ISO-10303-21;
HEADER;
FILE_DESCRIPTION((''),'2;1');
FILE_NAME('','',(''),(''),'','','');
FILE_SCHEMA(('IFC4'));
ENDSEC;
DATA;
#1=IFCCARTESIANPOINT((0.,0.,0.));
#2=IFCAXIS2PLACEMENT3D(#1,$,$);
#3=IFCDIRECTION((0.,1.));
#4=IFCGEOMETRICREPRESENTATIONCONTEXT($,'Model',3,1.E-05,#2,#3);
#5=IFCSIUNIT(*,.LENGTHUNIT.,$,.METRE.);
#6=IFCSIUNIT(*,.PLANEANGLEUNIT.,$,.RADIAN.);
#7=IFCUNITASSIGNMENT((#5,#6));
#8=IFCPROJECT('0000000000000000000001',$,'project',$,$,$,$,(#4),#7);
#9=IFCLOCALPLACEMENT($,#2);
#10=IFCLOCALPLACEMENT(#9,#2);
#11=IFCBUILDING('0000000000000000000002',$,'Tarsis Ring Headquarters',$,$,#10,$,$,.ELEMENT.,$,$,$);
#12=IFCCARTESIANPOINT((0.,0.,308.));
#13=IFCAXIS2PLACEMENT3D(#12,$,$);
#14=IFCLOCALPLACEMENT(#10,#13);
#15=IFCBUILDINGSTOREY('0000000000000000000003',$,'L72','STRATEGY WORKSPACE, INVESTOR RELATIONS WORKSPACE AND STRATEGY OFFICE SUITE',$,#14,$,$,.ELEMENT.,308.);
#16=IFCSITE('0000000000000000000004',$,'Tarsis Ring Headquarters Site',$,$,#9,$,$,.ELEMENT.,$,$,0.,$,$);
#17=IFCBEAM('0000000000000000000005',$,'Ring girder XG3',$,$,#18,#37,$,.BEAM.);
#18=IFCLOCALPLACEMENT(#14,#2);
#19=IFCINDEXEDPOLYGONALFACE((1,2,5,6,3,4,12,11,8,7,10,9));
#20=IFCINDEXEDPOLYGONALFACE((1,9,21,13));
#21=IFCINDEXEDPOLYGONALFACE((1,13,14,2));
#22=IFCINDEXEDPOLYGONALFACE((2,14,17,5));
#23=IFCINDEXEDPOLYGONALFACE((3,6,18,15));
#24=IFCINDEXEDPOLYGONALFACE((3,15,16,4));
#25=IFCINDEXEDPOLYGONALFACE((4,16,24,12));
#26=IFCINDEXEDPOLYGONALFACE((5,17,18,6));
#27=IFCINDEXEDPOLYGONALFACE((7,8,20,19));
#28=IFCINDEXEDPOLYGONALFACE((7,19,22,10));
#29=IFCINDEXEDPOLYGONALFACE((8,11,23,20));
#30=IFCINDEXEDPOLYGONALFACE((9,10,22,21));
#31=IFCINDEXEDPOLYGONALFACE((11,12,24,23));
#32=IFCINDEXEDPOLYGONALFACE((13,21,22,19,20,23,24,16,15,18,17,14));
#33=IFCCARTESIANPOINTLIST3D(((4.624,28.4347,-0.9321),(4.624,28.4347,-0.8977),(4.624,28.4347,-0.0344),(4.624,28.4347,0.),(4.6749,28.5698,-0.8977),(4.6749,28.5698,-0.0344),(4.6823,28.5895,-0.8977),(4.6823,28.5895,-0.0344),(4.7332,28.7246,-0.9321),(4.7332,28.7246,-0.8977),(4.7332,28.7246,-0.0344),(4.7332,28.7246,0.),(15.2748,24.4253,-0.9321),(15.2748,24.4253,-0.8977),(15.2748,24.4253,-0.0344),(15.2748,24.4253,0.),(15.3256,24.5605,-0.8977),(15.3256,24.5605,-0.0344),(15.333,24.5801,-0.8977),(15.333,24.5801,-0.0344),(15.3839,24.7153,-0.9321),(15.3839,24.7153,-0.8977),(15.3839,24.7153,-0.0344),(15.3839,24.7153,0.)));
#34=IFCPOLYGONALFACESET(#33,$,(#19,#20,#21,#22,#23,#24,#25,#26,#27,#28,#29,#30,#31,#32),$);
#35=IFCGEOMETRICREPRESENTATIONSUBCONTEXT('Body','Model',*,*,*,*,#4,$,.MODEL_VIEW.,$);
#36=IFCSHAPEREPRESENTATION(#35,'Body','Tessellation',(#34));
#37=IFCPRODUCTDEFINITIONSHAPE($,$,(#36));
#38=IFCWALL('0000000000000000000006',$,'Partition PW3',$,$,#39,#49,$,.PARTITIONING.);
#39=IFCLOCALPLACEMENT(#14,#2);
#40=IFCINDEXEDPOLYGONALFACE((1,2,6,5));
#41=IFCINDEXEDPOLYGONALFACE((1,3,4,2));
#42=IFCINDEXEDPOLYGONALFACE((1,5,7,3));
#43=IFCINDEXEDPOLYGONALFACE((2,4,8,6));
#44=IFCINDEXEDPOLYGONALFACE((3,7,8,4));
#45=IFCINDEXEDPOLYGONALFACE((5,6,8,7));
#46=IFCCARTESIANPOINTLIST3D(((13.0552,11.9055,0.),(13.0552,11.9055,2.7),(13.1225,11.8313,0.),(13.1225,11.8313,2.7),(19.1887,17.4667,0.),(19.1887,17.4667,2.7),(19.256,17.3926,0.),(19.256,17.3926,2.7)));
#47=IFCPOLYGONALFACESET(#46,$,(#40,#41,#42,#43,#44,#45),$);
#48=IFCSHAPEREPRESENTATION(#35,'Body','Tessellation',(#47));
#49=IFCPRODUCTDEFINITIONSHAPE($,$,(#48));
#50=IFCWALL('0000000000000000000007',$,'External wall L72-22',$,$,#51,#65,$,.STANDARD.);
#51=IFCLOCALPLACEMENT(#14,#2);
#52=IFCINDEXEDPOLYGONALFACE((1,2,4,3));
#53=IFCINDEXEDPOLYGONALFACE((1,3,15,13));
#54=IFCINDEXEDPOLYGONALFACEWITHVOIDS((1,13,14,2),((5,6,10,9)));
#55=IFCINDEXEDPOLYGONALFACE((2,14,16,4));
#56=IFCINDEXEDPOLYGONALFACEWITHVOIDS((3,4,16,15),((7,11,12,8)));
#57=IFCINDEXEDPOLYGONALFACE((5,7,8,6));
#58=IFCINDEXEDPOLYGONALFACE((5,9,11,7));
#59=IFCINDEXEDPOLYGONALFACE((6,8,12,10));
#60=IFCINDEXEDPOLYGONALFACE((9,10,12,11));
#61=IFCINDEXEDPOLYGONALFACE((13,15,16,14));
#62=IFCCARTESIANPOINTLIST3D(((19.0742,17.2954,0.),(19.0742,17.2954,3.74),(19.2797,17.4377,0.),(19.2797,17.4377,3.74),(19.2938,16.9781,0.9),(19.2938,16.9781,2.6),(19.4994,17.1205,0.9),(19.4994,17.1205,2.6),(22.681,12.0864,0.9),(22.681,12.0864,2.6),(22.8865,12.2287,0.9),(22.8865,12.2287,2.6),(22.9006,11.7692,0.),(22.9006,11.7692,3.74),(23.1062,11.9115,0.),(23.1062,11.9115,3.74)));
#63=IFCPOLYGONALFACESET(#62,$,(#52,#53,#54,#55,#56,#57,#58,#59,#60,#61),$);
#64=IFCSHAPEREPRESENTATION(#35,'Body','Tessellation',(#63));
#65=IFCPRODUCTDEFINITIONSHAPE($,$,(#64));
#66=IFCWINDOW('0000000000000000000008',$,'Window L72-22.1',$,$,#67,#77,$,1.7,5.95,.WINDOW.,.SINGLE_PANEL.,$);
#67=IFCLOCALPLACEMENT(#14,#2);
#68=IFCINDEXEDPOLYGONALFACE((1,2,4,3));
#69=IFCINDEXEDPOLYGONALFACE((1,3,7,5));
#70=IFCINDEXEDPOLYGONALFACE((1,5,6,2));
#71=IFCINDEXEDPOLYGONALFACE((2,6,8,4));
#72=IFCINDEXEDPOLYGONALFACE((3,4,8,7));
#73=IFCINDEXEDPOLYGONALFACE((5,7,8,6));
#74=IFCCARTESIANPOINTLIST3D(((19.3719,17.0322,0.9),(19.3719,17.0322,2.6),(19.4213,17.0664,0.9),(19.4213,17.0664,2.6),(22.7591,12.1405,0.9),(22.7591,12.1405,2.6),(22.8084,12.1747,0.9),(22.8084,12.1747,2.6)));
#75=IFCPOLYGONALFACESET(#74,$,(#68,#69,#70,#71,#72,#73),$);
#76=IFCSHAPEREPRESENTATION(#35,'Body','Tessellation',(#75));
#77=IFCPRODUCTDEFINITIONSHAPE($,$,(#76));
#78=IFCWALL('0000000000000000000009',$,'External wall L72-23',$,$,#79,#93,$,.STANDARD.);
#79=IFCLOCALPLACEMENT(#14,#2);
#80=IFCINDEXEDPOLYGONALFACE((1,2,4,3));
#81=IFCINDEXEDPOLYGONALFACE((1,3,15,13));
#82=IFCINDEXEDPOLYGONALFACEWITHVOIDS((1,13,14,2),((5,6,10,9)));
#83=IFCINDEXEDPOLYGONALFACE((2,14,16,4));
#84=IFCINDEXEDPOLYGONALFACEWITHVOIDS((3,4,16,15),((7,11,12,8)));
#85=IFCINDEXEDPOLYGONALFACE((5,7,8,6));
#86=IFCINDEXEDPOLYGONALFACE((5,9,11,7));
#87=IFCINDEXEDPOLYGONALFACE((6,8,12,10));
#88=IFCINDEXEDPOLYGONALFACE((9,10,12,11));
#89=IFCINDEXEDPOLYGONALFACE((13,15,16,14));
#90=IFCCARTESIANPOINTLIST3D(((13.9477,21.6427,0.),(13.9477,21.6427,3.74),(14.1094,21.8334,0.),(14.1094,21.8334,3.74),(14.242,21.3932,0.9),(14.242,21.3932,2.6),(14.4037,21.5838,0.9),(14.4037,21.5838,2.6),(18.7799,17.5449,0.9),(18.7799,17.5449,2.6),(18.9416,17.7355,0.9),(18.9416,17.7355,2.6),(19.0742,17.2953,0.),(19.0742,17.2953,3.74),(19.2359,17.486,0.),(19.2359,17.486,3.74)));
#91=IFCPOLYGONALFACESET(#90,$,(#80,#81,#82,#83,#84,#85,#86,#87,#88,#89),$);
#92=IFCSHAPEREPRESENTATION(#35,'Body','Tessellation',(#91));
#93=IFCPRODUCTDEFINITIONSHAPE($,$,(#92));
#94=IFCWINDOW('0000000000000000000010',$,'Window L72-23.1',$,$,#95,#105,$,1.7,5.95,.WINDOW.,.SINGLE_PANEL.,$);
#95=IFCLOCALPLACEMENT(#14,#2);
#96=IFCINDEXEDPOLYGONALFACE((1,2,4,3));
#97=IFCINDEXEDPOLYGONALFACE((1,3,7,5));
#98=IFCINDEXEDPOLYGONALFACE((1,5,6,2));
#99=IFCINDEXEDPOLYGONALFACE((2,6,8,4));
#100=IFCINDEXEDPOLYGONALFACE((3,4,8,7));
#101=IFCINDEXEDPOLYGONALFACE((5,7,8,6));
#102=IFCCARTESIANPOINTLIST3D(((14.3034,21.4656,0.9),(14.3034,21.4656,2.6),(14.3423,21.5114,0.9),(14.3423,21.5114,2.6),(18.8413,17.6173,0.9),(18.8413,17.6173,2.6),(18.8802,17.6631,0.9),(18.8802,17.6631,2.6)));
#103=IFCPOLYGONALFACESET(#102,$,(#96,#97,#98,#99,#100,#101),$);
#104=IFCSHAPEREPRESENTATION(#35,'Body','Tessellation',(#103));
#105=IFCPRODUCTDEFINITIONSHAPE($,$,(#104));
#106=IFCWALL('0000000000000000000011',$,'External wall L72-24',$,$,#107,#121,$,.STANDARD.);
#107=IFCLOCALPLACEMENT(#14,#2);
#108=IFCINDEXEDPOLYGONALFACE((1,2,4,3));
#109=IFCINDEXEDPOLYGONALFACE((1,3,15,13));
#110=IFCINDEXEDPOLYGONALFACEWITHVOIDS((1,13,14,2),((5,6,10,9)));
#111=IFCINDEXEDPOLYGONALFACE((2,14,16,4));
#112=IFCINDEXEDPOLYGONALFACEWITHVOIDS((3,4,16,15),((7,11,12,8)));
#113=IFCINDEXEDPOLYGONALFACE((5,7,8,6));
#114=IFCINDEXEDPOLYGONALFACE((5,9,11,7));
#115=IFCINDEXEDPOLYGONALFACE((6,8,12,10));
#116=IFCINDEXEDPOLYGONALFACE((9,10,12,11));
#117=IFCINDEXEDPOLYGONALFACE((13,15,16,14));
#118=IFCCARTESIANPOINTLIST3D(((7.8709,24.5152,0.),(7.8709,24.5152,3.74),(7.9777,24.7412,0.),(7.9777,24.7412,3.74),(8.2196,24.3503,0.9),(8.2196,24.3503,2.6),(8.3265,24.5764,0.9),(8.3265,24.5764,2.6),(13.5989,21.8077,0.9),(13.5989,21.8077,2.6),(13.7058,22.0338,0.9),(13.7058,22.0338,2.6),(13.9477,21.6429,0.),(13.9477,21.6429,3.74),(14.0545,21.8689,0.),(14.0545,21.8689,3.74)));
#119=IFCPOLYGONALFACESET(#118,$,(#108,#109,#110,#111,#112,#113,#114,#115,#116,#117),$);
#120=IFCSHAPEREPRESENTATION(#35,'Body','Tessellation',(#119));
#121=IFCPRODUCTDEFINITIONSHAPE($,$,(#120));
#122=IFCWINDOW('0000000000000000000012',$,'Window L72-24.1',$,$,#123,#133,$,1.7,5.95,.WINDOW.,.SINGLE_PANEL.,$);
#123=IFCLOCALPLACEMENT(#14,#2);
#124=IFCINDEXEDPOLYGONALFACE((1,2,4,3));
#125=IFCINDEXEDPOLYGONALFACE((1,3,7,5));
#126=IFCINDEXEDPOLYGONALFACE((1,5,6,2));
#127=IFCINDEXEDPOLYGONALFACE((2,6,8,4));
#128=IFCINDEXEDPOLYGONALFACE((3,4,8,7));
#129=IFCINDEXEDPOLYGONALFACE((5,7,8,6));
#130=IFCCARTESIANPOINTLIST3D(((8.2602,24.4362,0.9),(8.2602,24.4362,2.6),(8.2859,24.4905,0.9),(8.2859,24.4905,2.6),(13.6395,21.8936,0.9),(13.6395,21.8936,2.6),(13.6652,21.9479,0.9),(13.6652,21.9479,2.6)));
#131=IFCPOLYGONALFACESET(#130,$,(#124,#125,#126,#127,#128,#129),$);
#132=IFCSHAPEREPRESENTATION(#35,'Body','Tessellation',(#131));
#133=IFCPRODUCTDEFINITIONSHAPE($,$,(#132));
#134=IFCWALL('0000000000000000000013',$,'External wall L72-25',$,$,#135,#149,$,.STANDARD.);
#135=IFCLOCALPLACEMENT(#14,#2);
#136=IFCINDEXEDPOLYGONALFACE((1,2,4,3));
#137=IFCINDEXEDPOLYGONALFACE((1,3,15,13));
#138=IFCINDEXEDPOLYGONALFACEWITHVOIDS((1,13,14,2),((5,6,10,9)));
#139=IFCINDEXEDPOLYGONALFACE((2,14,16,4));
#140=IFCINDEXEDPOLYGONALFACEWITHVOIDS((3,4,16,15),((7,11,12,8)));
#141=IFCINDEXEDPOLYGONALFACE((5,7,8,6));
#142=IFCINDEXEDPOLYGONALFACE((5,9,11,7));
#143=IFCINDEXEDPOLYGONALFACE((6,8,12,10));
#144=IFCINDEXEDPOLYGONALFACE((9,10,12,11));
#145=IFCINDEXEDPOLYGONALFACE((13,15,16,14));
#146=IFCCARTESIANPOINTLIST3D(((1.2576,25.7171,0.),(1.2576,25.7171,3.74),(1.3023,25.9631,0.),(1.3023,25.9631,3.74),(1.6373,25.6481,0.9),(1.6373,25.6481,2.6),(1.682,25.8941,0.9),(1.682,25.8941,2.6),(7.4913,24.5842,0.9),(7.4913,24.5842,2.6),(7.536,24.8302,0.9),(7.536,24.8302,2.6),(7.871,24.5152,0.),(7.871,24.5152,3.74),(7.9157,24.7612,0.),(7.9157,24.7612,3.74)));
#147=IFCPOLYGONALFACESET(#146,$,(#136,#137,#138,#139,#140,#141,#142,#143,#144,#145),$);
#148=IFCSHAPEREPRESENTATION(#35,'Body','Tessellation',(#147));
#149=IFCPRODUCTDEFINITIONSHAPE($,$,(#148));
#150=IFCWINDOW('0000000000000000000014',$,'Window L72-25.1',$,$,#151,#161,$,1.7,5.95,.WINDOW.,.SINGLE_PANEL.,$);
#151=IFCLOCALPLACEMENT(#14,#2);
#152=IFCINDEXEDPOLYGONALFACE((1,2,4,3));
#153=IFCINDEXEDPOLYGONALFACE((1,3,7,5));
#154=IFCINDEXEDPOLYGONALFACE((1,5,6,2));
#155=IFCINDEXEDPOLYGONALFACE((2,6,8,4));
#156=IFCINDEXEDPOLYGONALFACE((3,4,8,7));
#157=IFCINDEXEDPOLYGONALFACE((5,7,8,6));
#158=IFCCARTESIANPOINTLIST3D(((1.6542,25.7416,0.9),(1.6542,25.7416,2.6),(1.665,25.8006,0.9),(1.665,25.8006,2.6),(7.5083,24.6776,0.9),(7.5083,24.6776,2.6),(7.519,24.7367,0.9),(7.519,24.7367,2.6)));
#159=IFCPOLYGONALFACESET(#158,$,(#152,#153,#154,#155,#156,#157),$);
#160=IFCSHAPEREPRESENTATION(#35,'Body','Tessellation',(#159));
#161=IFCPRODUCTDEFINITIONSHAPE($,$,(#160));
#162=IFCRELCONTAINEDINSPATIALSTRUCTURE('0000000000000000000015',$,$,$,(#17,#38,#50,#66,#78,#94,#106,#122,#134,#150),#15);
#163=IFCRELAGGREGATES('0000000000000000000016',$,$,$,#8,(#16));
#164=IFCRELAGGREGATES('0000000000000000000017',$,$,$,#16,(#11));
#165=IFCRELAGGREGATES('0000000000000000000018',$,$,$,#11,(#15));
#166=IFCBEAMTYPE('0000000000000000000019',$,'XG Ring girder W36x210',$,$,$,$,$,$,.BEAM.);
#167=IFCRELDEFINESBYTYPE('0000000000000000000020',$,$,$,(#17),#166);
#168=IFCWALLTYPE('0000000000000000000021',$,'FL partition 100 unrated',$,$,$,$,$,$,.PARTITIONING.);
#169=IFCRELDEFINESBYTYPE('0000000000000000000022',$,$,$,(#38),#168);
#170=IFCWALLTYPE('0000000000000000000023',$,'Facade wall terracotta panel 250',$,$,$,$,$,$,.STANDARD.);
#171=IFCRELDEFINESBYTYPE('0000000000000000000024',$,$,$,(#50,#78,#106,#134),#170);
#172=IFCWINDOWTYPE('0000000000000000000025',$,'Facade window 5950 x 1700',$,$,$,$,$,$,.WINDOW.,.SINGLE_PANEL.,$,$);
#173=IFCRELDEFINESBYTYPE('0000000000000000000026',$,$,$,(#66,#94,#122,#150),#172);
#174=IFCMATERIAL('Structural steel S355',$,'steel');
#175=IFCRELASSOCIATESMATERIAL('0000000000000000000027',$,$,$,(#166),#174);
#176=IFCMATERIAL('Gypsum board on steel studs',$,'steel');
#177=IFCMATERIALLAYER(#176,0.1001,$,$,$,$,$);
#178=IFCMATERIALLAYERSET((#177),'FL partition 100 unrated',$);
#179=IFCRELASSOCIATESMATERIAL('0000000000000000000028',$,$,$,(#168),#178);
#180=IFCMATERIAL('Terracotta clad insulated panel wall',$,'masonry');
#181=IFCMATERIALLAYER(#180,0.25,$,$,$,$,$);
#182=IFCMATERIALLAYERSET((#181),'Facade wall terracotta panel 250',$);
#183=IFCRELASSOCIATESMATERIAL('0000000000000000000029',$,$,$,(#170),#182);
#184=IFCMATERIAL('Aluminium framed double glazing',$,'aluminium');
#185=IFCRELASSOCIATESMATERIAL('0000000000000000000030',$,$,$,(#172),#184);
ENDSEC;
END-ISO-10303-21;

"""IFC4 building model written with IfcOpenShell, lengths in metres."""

from ifc_helpers import new_model, si_unit, direction, frame, frame_2d, origin, origin_2d, place, context, subcontext, project, spatial, rectangle, i_section, extrude, material, layer, layer_set, material_profile, profile_set, type_object, element, fill, save


model = new_model("IFC4")

# Units and contexts
model_context = context("Model", 3, precision=1e-05, world=origin(), true_north=direction((0.0, 1.0)))
body_context = subcontext(model_context, "Body", "Model", "MODEL_VIEW")
ifc_project = project(units=[si_unit("LENGTHUNIT", "METRE"), si_unit("PLANEANGLEUNIT", "RADIAN")], contexts=[model_context])

# Site, building, storey
site_placement = place(None, origin())
site = spatial("IfcSite", under=ifc_project, at=site_placement, Name="Tarsis Ring Headquarters Site", CompositionType="ELEMENT", RefElevation=0.0)
building_placement = place(site_placement, origin())
building = spatial("IfcBuilding", under=site, at=building_placement, Name="Tarsis Ring Headquarters", CompositionType="ELEMENT")
storey_placement = place(building_placement, frame((0.0, 0.0, 308.0)))
storey = spatial("IfcBuildingStorey", under=building, at=storey_placement, Name="L72", Description="STRATEGY WORKSPACE, INVESTOR RELATIONS WORKSPACE AND STRATEGY OFFICE SUITE", CompositionType="ELEMENT", Elevation=308.0)

# Shared definitions
ifc_material_1 = material(Name="Structural steel S355", Category="steel")

# Beam
ifc_material_profile_1 = material_profile(ifc_material_1, i_section(OverallWidth=0.3098, OverallDepth=0.9321, WebThickness=0.021, FlangeThickness=0.0344, at=origin_2d()), Name="W36x210")
ifc_profile_set_1 = profile_set([ifc_material_profile_1], Name="Structural steel S355")
beam_type_1 = type_object("IfcBeamType", Name="XG Ring girder W36x210", PredefinedType="BEAM", material=ifc_profile_set_1)
beam_1_placement = place(storey_placement, frame((15.3293, 24.5703, -0.4661), z_axis=(-0.935887, 0.352301, 0.0), x_axis=(-0.352301, -0.935887, 0.0)))
element("IfcBeam", 1, at=beam_1_placement, inside=storey, type_object=beam_type_1, Name="Ring girder XG3", PredefinedType="BEAM", context=body_context, shape_type="SweptSolid", body=[
    extrude(i_section(OverallWidth=0.3098, OverallDepth=0.9321, WebThickness=0.021, FlangeThickness=0.0344, at=origin_2d()), origin(), (0.0, 0.0, 1.0), 11.3804),
])

# Wall
ifc_material_2 = material(Name="Gypsum board on steel studs", Category="steel")
ifc_layer_1 = layer(ifc_material_2, 0.1001)
ifc_layer_set_1 = layer_set([ifc_layer_1], Name="FL partition 100 unrated")
wall_type_1 = type_object("IfcWallType", Name="FL partition 100 unrated", PredefinedType="PARTITIONING", material=ifc_layer_set_1)
wall_1_placement = place(storey_placement, frame((13.0889, 11.8684, 0.0), z_axis=(0.0, 0.0, 1.0), x_axis=(0.740821, 0.671702, 0.0)))
element("IfcWall", 2, at=wall_1_placement, inside=storey, type_object=wall_type_1, Name="Partition PW3", PredefinedType="PARTITIONING", context=body_context, shape_type="SweptSolid", body=[
    extrude(rectangle(XDim=8.2793, YDim=0.1001, at=frame_2d((4.1396, 0.0))), origin(), (0.0, 0.0, 1.0), 2.7),
])

# Walls, openings, windows
ifc_material_3 = material(Name="Terracotta clad insulated panel wall", Category="masonry")
ifc_layer_2 = layer(ifc_material_3, 0.25)
ifc_layer_set_2 = layer_set([ifc_layer_2], Name="Facade wall terracotta panel 250")
wall_type_2 = type_object("IfcWallType", Name="Facade wall terracotta panel 250", PredefinedType="STANDARD", material=ifc_layer_set_2)
wall_2_placement = place(storey_placement, frame((23.0034, 11.8403, 0.0), z_axis=(0.0, 0.0, 1.0), x_axis=(-0.569274, 0.822148, 0.0)))
wall_2 = element("IfcWall", 3, at=wall_2_placement, inside=storey, type_object=wall_type_2, Name="External wall L72-22", PredefinedType="STANDARD", context=body_context, shape_type="SweptSolid", body=[
    extrude(rectangle(XDim=6.7217, YDim=0.25, at=frame_2d((3.3608, 0.0))), origin(), (0.0, 0.0, 1.0), 3.74),
])
opening_1_placement = place(wall_2_placement, frame((0.3857, 0.0, 0.8999)))
opening_1 = element("IfcOpeningElement", 4, at=opening_1_placement, cuts=wall_2, PredefinedType="OPENING", context=body_context, shape_type="SweptSolid", body=[
    extrude(rectangle(XDim=5.95, YDim=1.7, at=frame_2d((2.9751, 0.8501))), frame((0.0, 0.135, 0.0), z_axis=(0.0, -1.0, 0.0), x_axis=(1.0, 0.0, 0.0)), (0.0, 0.0, 1.0), 0.27),
])
ifc_material_4 = material(Name="Aluminium framed double glazing", Category="aluminium")
window_type = type_object("IfcWindowType", Name="Facade window 5950 x 1700", PartitioningType="SINGLE_PANEL", PredefinedType="WINDOW", material=ifc_material_4)
window_1_placement = place(opening_1_placement, origin())
window_1 = element("IfcWindow", 5, at=window_1_placement, inside=storey, type_object=window_type, Name="Window L72-22.1", OverallHeight=1.7, OverallWidth=5.95, PartitioningType="SINGLE_PANEL", PredefinedType="WINDOW", context=body_context, shape_type="SweptSolid", body=[
    extrude(rectangle(XDim=5.95, YDim=1.7, at=frame_2d((2.9751, 0.8501))), frame((0.0, 0.03, 0.0), z_axis=(0.0, -1.0, 0.0), x_axis=(1.0, 0.0, 0.0)), (0.0, 0.0, 1.0), 0.0601),
])
fill(opening_1, window_1)
wall_3_placement = place(storey_placement, frame((19.155, 17.3906, 0.0), z_axis=(0.0, 0.0, 1.0), x_axis=(-0.762679, 0.646777, 0.0)))
wall_3 = element("IfcWall", 6, at=wall_3_placement, inside=storey, type_object=wall_type_2, Name="External wall L72-23", PredefinedType="STANDARD", context=body_context, shape_type="SweptSolid", body=[
    extrude(rectangle(XDim=6.7217, YDim=0.25, at=frame_2d((3.3608, 0.0))), origin(), (0.0, 0.0, 1.0), 3.74),
])
opening_2_placement = place(wall_3_placement, frame((0.3857, 0.0, 0.8999)))
opening_2 = element("IfcOpeningElement", 7, at=opening_2_placement, cuts=wall_3, PredefinedType="OPENING", context=body_context, shape_type="SweptSolid", body=[
    extrude(rectangle(XDim=5.95, YDim=1.7, at=frame_2d((2.9751, 0.8501))), frame((0.0, 0.135, 0.0), z_axis=(0.0, -1.0, 0.0), x_axis=(1.0, 0.0, 0.0)), (0.0, 0.0, 1.0), 0.27),
])
window_2_placement = place(opening_2_placement, origin())
window_2 = element("IfcWindow", 8, at=window_2_placement, inside=storey, type_object=window_type, Name="Window L72-23.1", OverallHeight=1.7, OverallWidth=5.95, PartitioningType="SINGLE_PANEL", PredefinedType="WINDOW", context=body_context, shape_type="SweptSolid", body=[
    extrude(rectangle(XDim=5.95, YDim=1.7, at=frame_2d((2.9751, 0.8501))), frame((0.0, 0.03, 0.0), z_axis=(0.0, -1.0, 0.0), x_axis=(1.0, 0.0, 0.0)), (0.0, 0.0, 1.0), 0.0601),
])
fill(opening_2, window_2)
wall_4_placement = place(storey_placement, frame((14.0012, 21.7559, 0.0), z_axis=(0.0, 0.0, 1.0), x_axis=(-0.904095, 0.42733, 0.0)))
wall_4 = element("IfcWall", 9, at=wall_4_placement, inside=storey, type_object=wall_type_2, Name="External wall L72-24", PredefinedType="STANDARD", context=body_context, shape_type="SweptSolid", body=[
    extrude(rectangle(XDim=6.7214, YDim=0.25, at=frame_2d((3.3608, 0.0))), origin(), (0.0, 0.0, 1.0), 3.74),
])
opening_3_placement = place(wall_4_placement, frame((0.3857, 0.0, 0.8999)))
opening_3 = element("IfcOpeningElement", 10, at=opening_3_placement, cuts=wall_4, PredefinedType="OPENING", context=body_context, shape_type="SweptSolid", body=[
    extrude(rectangle(XDim=5.95, YDim=1.7, at=frame_2d((2.9751, 0.8501))), frame((0.0, 0.135, 0.0), z_axis=(0.0, -1.0, 0.0), x_axis=(1.0, 0.0, 0.0)), (0.0, 0.0, 1.0), 0.27),
])
window_3_placement = place(opening_3_placement, origin())
window_3 = element("IfcWindow", 11, at=window_3_placement, inside=storey, type_object=window_type, Name="Window L72-24.1", OverallHeight=1.7, OverallWidth=5.95, PartitioningType="SINGLE_PANEL", PredefinedType="WINDOW", context=body_context, shape_type="SweptSolid", body=[
    extrude(rectangle(XDim=5.95, YDim=1.7, at=frame_2d((2.9751, 0.8501))), frame((0.0, 0.03, 0.0), z_axis=(0.0, -1.0, 0.0), x_axis=(1.0, 0.0, 0.0)), (0.0, 0.0, 1.0), 0.0601),
])
fill(opening_3, window_3)
wall_5_placement = place(storey_placement, frame((7.8933, 24.6382, 0.0), z_axis=(0.0, 0.0, 1.0), x_axis=(-0.983883, 0.178812, 0.0)))
wall_5 = element("IfcWall", 12, at=wall_5_placement, inside=storey, type_object=wall_type_2, Name="External wall L72-25", PredefinedType="STANDARD", context=body_context, shape_type="SweptSolid", body=[
    extrude(rectangle(XDim=6.7217, YDim=0.25, at=frame_2d((3.3608, 0.0))), origin(), (0.0, 0.0, 1.0), 3.74),
])
opening_4_placement = place(wall_5_placement, frame((0.3857, 0.0, 0.8999)))
opening_4 = element("IfcOpeningElement", 13, at=opening_4_placement, cuts=wall_5, PredefinedType="OPENING", context=body_context, shape_type="SweptSolid", body=[
    extrude(rectangle(XDim=5.95, YDim=1.7, at=frame_2d((2.9751, 0.8501))), frame((0.0, 0.135, 0.0), z_axis=(0.0, -1.0, 0.0), x_axis=(1.0, 0.0, 0.0)), (0.0, 0.0, 1.0), 0.27),
])
window_4_placement = place(opening_4_placement, origin())
window_4 = element("IfcWindow", 14, at=window_4_placement, inside=storey, type_object=window_type, Name="Window L72-25.1", OverallHeight=1.7, OverallWidth=5.95, PartitioningType="SINGLE_PANEL", PredefinedType="WINDOW", context=body_context, shape_type="SweptSolid", body=[
    extrude(rectangle(XDim=5.95, YDim=1.7, at=frame_2d((2.9751, 0.8501))), frame((0.0, 0.03, 0.0), z_axis=(0.0, -1.0, 0.0), x_axis=(1.0, 0.0, 0.0)), (0.0, 0.0, 1.0), 0.0601),
])
fill(opening_4, window_4)

save(model, "model.ifc")
